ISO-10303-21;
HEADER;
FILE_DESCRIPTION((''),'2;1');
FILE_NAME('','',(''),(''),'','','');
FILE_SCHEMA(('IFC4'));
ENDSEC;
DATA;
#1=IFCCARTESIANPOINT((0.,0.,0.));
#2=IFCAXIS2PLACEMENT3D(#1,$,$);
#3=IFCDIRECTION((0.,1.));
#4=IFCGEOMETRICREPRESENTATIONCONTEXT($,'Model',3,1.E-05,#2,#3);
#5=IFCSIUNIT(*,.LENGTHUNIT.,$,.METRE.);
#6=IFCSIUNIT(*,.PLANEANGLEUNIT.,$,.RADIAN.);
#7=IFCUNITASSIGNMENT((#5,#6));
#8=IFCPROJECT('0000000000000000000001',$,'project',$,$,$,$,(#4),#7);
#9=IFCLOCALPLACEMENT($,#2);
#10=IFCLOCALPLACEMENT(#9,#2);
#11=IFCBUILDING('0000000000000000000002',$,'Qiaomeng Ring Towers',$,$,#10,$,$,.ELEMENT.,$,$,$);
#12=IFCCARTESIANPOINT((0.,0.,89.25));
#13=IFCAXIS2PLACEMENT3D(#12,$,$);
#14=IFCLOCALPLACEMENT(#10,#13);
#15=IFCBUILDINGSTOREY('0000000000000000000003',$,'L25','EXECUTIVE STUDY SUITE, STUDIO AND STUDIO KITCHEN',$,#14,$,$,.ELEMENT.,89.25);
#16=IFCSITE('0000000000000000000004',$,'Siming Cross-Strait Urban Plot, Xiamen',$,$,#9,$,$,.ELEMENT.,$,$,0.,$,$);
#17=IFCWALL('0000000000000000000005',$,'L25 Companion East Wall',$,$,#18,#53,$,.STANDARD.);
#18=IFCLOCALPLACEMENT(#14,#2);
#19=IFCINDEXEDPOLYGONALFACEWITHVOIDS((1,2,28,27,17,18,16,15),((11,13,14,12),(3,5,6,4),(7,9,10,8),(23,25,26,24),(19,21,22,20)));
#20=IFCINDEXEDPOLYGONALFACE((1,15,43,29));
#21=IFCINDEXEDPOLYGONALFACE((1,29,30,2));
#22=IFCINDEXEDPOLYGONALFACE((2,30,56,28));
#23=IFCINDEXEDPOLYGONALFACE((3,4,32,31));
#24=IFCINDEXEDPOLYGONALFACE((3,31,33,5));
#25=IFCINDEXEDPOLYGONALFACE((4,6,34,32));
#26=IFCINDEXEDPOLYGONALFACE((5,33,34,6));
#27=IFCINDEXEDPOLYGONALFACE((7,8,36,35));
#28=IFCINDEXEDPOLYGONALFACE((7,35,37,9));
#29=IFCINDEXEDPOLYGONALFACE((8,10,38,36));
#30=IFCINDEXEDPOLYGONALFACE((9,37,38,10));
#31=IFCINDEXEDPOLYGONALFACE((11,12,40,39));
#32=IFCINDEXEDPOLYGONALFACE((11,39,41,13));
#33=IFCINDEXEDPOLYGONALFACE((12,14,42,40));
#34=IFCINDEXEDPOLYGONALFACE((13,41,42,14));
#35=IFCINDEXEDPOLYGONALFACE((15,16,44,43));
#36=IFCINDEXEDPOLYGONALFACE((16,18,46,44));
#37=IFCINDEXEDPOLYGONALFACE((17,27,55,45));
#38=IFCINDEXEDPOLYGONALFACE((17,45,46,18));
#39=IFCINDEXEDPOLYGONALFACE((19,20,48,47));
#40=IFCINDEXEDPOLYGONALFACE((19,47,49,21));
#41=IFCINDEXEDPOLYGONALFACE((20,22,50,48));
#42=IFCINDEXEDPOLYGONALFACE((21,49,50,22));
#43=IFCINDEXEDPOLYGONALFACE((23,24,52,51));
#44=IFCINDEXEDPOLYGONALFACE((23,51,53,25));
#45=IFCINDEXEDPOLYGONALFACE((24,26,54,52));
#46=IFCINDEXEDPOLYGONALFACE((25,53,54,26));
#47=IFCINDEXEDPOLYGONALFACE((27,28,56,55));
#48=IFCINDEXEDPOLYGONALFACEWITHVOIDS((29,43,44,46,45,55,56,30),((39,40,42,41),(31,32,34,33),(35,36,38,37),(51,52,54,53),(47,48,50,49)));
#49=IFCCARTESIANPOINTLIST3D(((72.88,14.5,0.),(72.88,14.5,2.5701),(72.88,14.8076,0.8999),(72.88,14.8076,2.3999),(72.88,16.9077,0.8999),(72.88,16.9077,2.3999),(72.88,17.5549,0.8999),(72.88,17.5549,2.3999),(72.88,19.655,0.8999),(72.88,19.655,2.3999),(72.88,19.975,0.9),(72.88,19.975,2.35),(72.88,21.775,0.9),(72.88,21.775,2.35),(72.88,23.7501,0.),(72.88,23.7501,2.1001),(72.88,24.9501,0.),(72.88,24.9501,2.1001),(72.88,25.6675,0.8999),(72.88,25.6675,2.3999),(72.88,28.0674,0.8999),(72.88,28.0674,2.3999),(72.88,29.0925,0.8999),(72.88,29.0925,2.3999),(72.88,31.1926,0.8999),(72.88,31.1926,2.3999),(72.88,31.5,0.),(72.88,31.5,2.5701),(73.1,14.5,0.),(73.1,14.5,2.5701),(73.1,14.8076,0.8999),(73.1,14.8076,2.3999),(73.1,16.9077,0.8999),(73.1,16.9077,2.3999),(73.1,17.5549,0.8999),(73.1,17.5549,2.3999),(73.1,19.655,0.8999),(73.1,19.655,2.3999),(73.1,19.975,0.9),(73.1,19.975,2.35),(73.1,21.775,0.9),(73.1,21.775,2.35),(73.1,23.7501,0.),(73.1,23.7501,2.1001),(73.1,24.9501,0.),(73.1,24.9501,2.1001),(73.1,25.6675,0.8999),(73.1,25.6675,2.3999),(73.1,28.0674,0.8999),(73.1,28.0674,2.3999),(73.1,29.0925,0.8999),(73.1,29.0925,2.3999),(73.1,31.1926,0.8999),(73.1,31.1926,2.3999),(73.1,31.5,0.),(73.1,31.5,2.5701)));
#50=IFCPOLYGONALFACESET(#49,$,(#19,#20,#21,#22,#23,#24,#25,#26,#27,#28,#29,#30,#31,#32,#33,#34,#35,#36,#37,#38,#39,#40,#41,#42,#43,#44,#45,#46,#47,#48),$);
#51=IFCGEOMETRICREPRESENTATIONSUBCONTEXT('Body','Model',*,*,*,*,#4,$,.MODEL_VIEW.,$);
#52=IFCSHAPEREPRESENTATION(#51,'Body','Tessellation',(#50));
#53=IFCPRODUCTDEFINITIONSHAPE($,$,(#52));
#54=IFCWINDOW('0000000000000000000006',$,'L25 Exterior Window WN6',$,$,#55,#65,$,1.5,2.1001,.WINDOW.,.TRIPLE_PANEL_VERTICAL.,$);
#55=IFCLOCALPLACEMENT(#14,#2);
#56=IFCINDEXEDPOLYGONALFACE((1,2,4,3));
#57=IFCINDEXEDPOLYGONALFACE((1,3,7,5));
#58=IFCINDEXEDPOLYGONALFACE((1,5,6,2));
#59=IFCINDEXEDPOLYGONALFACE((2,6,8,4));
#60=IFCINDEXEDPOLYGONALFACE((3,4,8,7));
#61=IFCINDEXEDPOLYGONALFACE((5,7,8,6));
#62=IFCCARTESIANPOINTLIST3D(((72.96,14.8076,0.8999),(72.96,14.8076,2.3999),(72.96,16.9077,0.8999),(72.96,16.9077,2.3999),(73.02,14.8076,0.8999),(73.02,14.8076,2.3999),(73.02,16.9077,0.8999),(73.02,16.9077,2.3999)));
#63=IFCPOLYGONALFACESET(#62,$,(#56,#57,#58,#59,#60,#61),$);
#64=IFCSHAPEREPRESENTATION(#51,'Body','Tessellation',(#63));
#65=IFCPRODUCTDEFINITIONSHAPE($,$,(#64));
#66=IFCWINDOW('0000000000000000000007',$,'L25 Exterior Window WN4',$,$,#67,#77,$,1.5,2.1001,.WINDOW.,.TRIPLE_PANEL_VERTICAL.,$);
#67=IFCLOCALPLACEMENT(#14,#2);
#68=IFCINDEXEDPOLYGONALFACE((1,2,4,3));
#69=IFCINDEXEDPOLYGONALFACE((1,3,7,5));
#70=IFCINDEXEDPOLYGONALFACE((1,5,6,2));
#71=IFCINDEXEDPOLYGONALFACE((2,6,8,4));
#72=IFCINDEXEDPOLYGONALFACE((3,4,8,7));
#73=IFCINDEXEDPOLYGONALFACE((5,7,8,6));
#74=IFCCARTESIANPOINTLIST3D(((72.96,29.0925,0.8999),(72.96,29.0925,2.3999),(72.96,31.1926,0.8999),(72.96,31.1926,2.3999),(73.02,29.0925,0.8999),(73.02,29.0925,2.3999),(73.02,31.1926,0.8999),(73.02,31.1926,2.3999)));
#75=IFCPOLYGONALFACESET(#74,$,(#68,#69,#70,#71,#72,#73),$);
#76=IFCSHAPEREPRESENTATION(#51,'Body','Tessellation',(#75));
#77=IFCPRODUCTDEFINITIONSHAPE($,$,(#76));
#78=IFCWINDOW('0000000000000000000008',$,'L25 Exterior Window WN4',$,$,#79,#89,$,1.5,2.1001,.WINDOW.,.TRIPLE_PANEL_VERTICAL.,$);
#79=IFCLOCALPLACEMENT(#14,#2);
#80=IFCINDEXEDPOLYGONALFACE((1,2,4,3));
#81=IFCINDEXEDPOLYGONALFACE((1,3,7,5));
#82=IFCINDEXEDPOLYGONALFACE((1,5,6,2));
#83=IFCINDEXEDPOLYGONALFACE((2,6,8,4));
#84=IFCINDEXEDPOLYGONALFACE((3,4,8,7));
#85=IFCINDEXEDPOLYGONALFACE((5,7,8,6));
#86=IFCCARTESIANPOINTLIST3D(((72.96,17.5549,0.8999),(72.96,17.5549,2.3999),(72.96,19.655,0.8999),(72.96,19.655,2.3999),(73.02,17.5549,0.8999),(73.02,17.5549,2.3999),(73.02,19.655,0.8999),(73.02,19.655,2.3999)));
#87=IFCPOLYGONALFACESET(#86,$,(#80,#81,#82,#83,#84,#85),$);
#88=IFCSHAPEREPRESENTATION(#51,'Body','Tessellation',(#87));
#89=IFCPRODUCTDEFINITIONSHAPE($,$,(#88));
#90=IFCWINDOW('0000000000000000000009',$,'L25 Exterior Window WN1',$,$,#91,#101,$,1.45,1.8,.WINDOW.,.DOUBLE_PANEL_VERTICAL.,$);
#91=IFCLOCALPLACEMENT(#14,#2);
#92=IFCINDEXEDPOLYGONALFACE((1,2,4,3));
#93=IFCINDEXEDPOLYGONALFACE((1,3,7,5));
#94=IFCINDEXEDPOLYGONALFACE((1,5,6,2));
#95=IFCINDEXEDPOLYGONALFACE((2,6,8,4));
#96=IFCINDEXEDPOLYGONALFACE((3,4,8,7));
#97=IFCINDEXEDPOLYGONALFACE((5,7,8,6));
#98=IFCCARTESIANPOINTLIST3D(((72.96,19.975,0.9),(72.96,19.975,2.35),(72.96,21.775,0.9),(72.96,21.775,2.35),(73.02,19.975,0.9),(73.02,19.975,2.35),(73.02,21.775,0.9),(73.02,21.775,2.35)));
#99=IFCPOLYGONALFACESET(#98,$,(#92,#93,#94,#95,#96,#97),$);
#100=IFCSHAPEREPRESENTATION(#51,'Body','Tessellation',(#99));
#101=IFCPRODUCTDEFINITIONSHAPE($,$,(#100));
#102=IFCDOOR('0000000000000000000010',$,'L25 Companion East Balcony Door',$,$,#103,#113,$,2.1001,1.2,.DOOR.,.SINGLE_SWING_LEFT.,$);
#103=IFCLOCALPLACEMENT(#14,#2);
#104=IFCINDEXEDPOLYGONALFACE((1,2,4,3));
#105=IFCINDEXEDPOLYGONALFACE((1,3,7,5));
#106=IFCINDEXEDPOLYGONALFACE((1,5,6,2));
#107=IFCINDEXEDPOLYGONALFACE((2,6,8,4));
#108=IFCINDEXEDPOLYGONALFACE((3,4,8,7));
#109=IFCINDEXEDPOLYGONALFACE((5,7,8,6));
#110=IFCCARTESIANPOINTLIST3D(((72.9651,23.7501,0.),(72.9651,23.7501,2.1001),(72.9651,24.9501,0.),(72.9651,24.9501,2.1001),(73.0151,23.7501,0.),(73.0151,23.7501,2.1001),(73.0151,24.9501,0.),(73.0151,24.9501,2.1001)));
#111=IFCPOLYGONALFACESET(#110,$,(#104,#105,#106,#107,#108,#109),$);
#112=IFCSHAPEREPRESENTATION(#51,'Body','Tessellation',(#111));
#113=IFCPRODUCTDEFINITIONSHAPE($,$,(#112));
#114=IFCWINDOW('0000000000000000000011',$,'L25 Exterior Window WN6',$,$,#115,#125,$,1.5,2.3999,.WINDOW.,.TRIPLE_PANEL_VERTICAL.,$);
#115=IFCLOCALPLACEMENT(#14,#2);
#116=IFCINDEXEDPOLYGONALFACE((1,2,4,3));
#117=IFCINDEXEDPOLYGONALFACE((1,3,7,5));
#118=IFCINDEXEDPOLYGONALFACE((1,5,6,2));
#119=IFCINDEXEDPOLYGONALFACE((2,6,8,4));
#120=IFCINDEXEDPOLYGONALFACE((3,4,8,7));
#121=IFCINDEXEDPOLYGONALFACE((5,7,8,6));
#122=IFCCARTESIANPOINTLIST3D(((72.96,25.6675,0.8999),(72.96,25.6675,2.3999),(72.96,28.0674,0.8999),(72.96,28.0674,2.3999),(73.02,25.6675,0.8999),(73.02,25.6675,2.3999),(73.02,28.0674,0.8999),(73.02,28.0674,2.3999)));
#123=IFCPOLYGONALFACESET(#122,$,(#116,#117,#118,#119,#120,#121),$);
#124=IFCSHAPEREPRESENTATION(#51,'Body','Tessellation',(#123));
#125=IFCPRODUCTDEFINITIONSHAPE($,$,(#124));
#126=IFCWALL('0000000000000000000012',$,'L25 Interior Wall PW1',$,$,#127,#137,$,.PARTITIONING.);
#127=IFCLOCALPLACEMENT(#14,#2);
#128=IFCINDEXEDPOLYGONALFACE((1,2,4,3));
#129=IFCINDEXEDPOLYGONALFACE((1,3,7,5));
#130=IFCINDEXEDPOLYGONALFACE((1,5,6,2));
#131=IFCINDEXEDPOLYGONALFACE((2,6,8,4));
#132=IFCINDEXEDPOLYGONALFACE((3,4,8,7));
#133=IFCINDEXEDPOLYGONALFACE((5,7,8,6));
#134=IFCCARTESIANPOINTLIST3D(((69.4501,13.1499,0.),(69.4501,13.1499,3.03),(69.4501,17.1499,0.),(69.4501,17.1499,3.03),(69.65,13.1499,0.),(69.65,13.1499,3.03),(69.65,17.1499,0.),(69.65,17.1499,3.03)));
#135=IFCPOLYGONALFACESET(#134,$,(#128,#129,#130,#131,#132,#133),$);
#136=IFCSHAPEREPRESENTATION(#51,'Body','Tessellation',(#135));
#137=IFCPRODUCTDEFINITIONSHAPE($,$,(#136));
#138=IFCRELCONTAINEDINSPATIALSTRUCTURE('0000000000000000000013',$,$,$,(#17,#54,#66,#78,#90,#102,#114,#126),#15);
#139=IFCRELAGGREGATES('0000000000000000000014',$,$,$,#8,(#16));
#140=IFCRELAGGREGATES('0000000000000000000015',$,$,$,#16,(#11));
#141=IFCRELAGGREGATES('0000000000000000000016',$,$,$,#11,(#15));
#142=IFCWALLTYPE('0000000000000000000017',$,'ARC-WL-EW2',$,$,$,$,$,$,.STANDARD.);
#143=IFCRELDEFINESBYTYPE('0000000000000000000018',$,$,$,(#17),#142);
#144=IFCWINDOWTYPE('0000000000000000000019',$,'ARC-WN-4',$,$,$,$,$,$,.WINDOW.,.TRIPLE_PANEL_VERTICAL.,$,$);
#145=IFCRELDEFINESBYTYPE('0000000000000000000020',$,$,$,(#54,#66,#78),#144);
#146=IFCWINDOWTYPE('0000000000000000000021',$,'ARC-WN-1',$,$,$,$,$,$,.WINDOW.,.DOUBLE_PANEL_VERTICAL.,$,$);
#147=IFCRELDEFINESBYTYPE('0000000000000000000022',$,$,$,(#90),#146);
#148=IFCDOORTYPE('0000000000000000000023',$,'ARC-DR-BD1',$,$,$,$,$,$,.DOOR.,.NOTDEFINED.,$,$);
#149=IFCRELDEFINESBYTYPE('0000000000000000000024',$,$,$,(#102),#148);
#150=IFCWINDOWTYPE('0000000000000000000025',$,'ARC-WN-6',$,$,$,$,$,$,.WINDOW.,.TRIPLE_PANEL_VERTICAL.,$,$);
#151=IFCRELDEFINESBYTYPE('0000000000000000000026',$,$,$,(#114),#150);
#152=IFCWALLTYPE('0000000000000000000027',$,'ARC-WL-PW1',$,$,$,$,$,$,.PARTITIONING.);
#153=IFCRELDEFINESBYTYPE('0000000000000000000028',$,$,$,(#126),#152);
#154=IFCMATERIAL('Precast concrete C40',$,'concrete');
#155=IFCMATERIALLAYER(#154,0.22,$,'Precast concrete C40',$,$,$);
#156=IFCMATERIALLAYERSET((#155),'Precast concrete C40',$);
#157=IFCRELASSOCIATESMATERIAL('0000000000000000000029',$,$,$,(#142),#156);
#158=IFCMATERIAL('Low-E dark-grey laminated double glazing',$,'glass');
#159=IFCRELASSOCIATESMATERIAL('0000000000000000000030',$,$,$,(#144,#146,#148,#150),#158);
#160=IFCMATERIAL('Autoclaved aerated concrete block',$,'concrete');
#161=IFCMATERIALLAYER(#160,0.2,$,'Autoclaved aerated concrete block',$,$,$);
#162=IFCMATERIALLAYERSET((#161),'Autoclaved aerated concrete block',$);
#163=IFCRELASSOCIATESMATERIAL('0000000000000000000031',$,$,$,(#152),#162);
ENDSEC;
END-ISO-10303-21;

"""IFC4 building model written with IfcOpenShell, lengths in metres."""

from ifc_helpers import new_model, si_unit, direction, frame, frame_2d, origin, place, context, subcontext, project, spatial, rectangle, extrude, source, transform, mapped, material, layer, layer_set, type_object, element, fill, save


model = new_model("IFC4")

# Units and contexts
model_context = context("Model", 3, precision=1e-05, world=origin(), true_north=direction((0.0, 1.0)))
body_context = subcontext(model_context, "Body", "Model", "MODEL_VIEW")
ifc_project = project(units=[si_unit("LENGTHUNIT", "METRE"), si_unit("PLANEANGLEUNIT", "RADIAN")], contexts=[model_context])

# Site, building, storey
site_placement = place(None, origin())
site = spatial("IfcSite", under=ifc_project, at=site_placement, Name="Siming Cross-Strait Urban Plot, Xiamen", CompositionType="ELEMENT", RefElevation=0.0)
building_placement = place(site_placement, origin())
building = spatial("IfcBuilding", under=site, at=building_placement, Name="Qiaomeng Ring Towers", CompositionType="ELEMENT")
storey_placement = place(building_placement, frame((0.0, 0.0, 89.25)))
storey = spatial("IfcBuildingStorey", under=building, at=storey_placement, Name="L25", Description="EXECUTIVE STUDY SUITE, STUDIO AND STUDIO KITCHEN", CompositionType="ELEMENT", Elevation=89.25)

# Shared definitions
ifc_material_1 = material(Name="Low-E dark-grey laminated double glazing", Category="glass")

# Wall, openings, windows, door
ifc_material_2 = material(Name="Precast concrete C40", Category="concrete")
ifc_layer_1 = layer(ifc_material_2, 0.22, Name="Precast concrete C40")
ifc_layer_set_1 = layer_set([ifc_layer_1], Name="Precast concrete C40")
wall_type_1 = type_object("IfcWallType", Name="ARC-WL-EW2", PredefinedType="STANDARD", material=ifc_layer_set_1)
wall_1_placement = place(storey_placement, frame((72.99, 14.5, 0.0), z_axis=(0.0, 0.0, 1.0), x_axis=(0.0, 1.0, 0.0)))
wall_1 = element("IfcWall", 1, at=wall_1_placement, inside=storey, type_object=wall_type_1, Name="L25 Companion East Wall", PredefinedType="STANDARD", context=body_context, shape_type="SweptSolid", body=[
    extrude(rectangle(XDim=17.0, YDim=0.22, at=frame_2d((8.5, 0.0))), origin(), (0.0, 0.0, 1.0), 2.5701),
])
opening_1_placement = place(wall_1_placement, frame((9.25, 0.0, 0.0)))
opening_1 = element("IfcOpeningElement", 2, at=opening_1_placement, cuts=wall_1, PredefinedType="OPENING", context=body_context, shape_type="SweptSolid", body=[
    extrude(rectangle(XDim=1.2, YDim=2.1001, at=frame_2d((0.6001, 1.05))), frame((0.0, 0.1199, 0.0), z_axis=(0.0, -1.0, 0.0), x_axis=(1.0, 0.0, 0.0)), (0.0, 0.0, 1.0), 0.24),
])
opening_2_placement = place(wall_1_placement, frame((0.3076, 0.0, 0.8999)))
opening_2 = element("IfcOpeningElement", 3, at=opening_2_placement, cuts=wall_1, PredefinedType="OPENING", context=body_context, shape_type="SweptSolid", body=[
    extrude(rectangle(XDim=2.1001, YDim=1.5, at=frame_2d((1.05, 0.75))), frame((0.0, 0.1199, 0.0), z_axis=(0.0, -1.0, 0.0), x_axis=(1.0, 0.0, 0.0)), (0.0, 0.0, 1.0), 0.24),
])
opening_3_placement = place(wall_1_placement, frame((5.4751, 0.0, 0.8999)))
opening_3 = element("IfcOpeningElement", 4, at=opening_3_placement, cuts=wall_1, PredefinedType="OPENING", context=body_context, shape_type="SweptSolid", body=[
    extrude(rectangle(XDim=1.8, YDim=1.45, at=frame_2d((0.8999, 0.7251))), frame((0.0, 0.1199, 0.0), z_axis=(0.0, -1.0, 0.0), x_axis=(1.0, 0.0, 0.0)), (0.0, 0.0, 1.0), 0.24),
])
opening_4_placement = place(wall_1_placement, frame((14.5925, 0.0, 0.8999)))
opening_4 = element("IfcOpeningElement", 5, at=opening_4_placement, cuts=wall_1, PredefinedType="OPENING", context=body_context, shape_type="SweptSolid", body=[
    extrude(rectangle(XDim=2.1001, YDim=1.5, at=frame_2d((1.05, 0.75))), frame((0.0, 0.1199, 0.0), z_axis=(0.0, -1.0, 0.0), x_axis=(1.0, 0.0, 0.0)), (0.0, 0.0, 1.0), 0.24),
])
opening_5_placement = place(wall_1_placement, frame((3.0549, 0.0, 0.8999)))
opening_5 = element("IfcOpeningElement", 6, at=opening_5_placement, cuts=wall_1, PredefinedType="OPENING", context=body_context, shape_type="SweptSolid", body=[
    extrude(rectangle(XDim=2.1001, YDim=1.5, at=frame_2d((1.05, 0.75))), frame((0.0, 0.1199, 0.0), z_axis=(0.0, -1.0, 0.0), x_axis=(1.0, 0.0, 0.0)), (0.0, 0.0, 1.0), 0.24),
])
opening_6_placement = place(wall_1_placement, frame((11.1675, 0.0, 0.8999)))
opening_6 = element("IfcOpeningElement", 7, at=opening_6_placement, cuts=wall_1, PredefinedType="OPENING", context=body_context, shape_type="SweptSolid", body=[
    extrude(rectangle(XDim=2.3999, YDim=1.5, at=frame_2d((1.2, 0.75))), frame((0.0, 0.1199, 0.0), z_axis=(0.0, -1.0, 0.0), x_axis=(1.0, 0.0, 0.0)), (0.0, 0.0, 1.0), 0.24),
])
window_type_1 = type_object("IfcWindowType", Name="ARC-WN-4", PartitioningType="TRIPLE_PANEL_VERTICAL", PredefinedType="WINDOW", material=ifc_material_1)
shared_shape_1 = source(origin(), body_context, "Body", "SweptSolid", [
    extrude(rectangle(XDim=2.1001, YDim=1.5, at=frame_2d((1.05, 0.75))), frame((0.0, 0.03, 0.0), z_axis=(0.0, -1.0, 0.0), x_axis=(1.0, 0.0, 0.0)), (0.0, 0.0, 1.0), 0.0601),
])
window_1_placement = place(opening_2_placement, origin())
window_1 = element("IfcWindow", 8, at=window_1_placement, inside=storey, type_object=window_type_1, Name="L25 Exterior Window WN6", OverallHeight=1.5, OverallWidth=2.1001, PartitioningType="TRIPLE_PANEL_VERTICAL", PredefinedType="WINDOW", context=body_context, shape_type="MappedRepresentation", body=[
    mapped(shared_shape_1, transform((0.0, 0.0, 0.0), x_axis=(1.0, 0.0, 0.0), y_axis=(0.0, 1.0, 0.0), z_axis=(0.0, 0.0, 1.0), scale=1.0)),
])
fill(opening_2, window_1)
window_2_placement = place(opening_4_placement, origin())
window_2 = element("IfcWindow", 9, at=window_2_placement, inside=storey, type_object=window_type_1, Name="L25 Exterior Window WN4", OverallHeight=1.5, OverallWidth=2.1001, PartitioningType="TRIPLE_PANEL_VERTICAL", PredefinedType="WINDOW", context=body_context, shape_type="MappedRepresentation", body=[
    mapped(shared_shape_1, transform((0.0, 0.0, 0.0), x_axis=(1.0, 0.0, 0.0), y_axis=(0.0, 1.0, 0.0), z_axis=(0.0, 0.0, 1.0), scale=1.0)),
])
fill(opening_4, window_2)
window_3_placement = place(opening_5_placement, origin())
window_3 = element("IfcWindow", 10, at=window_3_placement, inside=storey, type_object=window_type_1, Name="L25 Exterior Window WN4", OverallHeight=1.5, OverallWidth=2.1001, PartitioningType="TRIPLE_PANEL_VERTICAL", PredefinedType="WINDOW", context=body_context, shape_type="MappedRepresentation", body=[
    mapped(shared_shape_1, transform((0.0, 0.0, 0.0), x_axis=(1.0, 0.0, 0.0), y_axis=(0.0, 1.0, 0.0), z_axis=(0.0, 0.0, 1.0), scale=1.0)),
])
fill(opening_5, window_3)
window_type_2 = type_object("IfcWindowType", Name="ARC-WN-1", PartitioningType="DOUBLE_PANEL_VERTICAL", PredefinedType="WINDOW", material=ifc_material_1)
shared_shape_2 = source(origin(), body_context, "Body", "SweptSolid", [
    extrude(rectangle(XDim=1.8, YDim=1.45, at=frame_2d((0.8999, 0.7251))), frame((0.0, 0.03, 0.0), z_axis=(0.0, -1.0, 0.0), x_axis=(1.0, 0.0, 0.0)), (0.0, 0.0, 1.0), 0.0601),
])
window_4_placement = place(opening_3_placement, origin())
window_4 = element("IfcWindow", 11, at=window_4_placement, inside=storey, type_object=window_type_2, Name="L25 Exterior Window WN1", OverallHeight=1.45, OverallWidth=1.8, PartitioningType="DOUBLE_PANEL_VERTICAL", PredefinedType="WINDOW", context=body_context, shape_type="MappedRepresentation", body=[
    mapped(shared_shape_2, transform((0.0, 0.0, 0.0), x_axis=(1.0, 0.0, 0.0), y_axis=(0.0, 1.0, 0.0), z_axis=(0.0, 0.0, 1.0), scale=1.0)),
])
fill(opening_3, window_4)
door_type_1 = type_object("IfcDoorType", Name="ARC-DR-BD1", OperationType="NOTDEFINED", PredefinedType="DOOR", material=ifc_material_1)
shared_shape_3 = source(origin(), body_context, "Body", "SweptSolid", [
    extrude(rectangle(XDim=1.2, YDim=2.1001, at=frame_2d((0.6001, 1.05))), frame((0.0, 0.0249, 0.0), z_axis=(0.0, -1.0, 0.0), x_axis=(1.0, 0.0, 0.0)), (0.0, 0.0, 1.0), 0.05),
])
door_1_placement = place(opening_1_placement, origin())
door_1 = element("IfcDoor", 12, at=door_1_placement, inside=storey, type_object=door_type_1, Name="L25 Companion East Balcony Door", OperationType="SINGLE_SWING_LEFT", OverallHeight=2.1001, OverallWidth=1.2, PredefinedType="DOOR", context=body_context, shape_type="MappedRepresentation", body=[
    mapped(shared_shape_3, transform((0.0, 0.0, 0.0), x_axis=(1.0, 0.0, 0.0), y_axis=(0.0, 1.0, 0.0), z_axis=(0.0, 0.0, 1.0), scale=1.0)),
])
fill(opening_1, door_1)
window_type_3 = type_object("IfcWindowType", Name="ARC-WN-6", PartitioningType="TRIPLE_PANEL_VERTICAL", PredefinedType="WINDOW", material=ifc_material_1)
shared_shape_4 = source(origin(), body_context, "Body", "SweptSolid", [
    extrude(rectangle(XDim=2.3999, YDim=1.5, at=frame_2d((1.2, 0.75))), frame((0.0, 0.03, 0.0), z_axis=(0.0, -1.0, 0.0), x_axis=(1.0, 0.0, 0.0)), (0.0, 0.0, 1.0), 0.0601),
])
window_5_placement = place(opening_6_placement, origin())
window_5 = element("IfcWindow", 13, at=window_5_placement, inside=storey, type_object=window_type_3, Name="L25 Exterior Window WN6", OverallHeight=1.5, OverallWidth=2.3999, PartitioningType="TRIPLE_PANEL_VERTICAL", PredefinedType="WINDOW", context=body_context, shape_type="MappedRepresentation", body=[
    mapped(shared_shape_4, transform((0.0, 0.0, 0.0), x_axis=(1.0, 0.0, 0.0), y_axis=(0.0, 1.0, 0.0), z_axis=(0.0, 0.0, 1.0), scale=1.0)),
])
fill(opening_6, window_5)

# Wall
ifc_material_3 = material(Name="Autoclaved aerated concrete block", Category="concrete")
ifc_layer_2 = layer(ifc_material_3, 0.2, Name="Autoclaved aerated concrete block")
ifc_layer_set_2 = layer_set([ifc_layer_2], Name="Autoclaved aerated concrete block")
wall_type_2 = type_object("IfcWallType", Name="ARC-WL-PW1", PredefinedType="PARTITIONING", material=ifc_layer_set_2)
wall_2_placement = place(storey_placement, frame((69.55, 13.1499, 0.0), z_axis=(0.0, 0.0, 1.0), x_axis=(0.0, 1.0, 0.0)))
element("IfcWall", 14, at=wall_2_placement, inside=storey, type_object=wall_type_2, Name="L25 Interior Wall PW1", PredefinedType="PARTITIONING", context=body_context, shape_type="SweptSolid", body=[
    extrude(rectangle(XDim=4.0, YDim=0.2, at=frame_2d((2.0, 0.0))), origin(), (0.0, 0.0, 1.0), 3.03),
])

save(model, "model.ifc")
